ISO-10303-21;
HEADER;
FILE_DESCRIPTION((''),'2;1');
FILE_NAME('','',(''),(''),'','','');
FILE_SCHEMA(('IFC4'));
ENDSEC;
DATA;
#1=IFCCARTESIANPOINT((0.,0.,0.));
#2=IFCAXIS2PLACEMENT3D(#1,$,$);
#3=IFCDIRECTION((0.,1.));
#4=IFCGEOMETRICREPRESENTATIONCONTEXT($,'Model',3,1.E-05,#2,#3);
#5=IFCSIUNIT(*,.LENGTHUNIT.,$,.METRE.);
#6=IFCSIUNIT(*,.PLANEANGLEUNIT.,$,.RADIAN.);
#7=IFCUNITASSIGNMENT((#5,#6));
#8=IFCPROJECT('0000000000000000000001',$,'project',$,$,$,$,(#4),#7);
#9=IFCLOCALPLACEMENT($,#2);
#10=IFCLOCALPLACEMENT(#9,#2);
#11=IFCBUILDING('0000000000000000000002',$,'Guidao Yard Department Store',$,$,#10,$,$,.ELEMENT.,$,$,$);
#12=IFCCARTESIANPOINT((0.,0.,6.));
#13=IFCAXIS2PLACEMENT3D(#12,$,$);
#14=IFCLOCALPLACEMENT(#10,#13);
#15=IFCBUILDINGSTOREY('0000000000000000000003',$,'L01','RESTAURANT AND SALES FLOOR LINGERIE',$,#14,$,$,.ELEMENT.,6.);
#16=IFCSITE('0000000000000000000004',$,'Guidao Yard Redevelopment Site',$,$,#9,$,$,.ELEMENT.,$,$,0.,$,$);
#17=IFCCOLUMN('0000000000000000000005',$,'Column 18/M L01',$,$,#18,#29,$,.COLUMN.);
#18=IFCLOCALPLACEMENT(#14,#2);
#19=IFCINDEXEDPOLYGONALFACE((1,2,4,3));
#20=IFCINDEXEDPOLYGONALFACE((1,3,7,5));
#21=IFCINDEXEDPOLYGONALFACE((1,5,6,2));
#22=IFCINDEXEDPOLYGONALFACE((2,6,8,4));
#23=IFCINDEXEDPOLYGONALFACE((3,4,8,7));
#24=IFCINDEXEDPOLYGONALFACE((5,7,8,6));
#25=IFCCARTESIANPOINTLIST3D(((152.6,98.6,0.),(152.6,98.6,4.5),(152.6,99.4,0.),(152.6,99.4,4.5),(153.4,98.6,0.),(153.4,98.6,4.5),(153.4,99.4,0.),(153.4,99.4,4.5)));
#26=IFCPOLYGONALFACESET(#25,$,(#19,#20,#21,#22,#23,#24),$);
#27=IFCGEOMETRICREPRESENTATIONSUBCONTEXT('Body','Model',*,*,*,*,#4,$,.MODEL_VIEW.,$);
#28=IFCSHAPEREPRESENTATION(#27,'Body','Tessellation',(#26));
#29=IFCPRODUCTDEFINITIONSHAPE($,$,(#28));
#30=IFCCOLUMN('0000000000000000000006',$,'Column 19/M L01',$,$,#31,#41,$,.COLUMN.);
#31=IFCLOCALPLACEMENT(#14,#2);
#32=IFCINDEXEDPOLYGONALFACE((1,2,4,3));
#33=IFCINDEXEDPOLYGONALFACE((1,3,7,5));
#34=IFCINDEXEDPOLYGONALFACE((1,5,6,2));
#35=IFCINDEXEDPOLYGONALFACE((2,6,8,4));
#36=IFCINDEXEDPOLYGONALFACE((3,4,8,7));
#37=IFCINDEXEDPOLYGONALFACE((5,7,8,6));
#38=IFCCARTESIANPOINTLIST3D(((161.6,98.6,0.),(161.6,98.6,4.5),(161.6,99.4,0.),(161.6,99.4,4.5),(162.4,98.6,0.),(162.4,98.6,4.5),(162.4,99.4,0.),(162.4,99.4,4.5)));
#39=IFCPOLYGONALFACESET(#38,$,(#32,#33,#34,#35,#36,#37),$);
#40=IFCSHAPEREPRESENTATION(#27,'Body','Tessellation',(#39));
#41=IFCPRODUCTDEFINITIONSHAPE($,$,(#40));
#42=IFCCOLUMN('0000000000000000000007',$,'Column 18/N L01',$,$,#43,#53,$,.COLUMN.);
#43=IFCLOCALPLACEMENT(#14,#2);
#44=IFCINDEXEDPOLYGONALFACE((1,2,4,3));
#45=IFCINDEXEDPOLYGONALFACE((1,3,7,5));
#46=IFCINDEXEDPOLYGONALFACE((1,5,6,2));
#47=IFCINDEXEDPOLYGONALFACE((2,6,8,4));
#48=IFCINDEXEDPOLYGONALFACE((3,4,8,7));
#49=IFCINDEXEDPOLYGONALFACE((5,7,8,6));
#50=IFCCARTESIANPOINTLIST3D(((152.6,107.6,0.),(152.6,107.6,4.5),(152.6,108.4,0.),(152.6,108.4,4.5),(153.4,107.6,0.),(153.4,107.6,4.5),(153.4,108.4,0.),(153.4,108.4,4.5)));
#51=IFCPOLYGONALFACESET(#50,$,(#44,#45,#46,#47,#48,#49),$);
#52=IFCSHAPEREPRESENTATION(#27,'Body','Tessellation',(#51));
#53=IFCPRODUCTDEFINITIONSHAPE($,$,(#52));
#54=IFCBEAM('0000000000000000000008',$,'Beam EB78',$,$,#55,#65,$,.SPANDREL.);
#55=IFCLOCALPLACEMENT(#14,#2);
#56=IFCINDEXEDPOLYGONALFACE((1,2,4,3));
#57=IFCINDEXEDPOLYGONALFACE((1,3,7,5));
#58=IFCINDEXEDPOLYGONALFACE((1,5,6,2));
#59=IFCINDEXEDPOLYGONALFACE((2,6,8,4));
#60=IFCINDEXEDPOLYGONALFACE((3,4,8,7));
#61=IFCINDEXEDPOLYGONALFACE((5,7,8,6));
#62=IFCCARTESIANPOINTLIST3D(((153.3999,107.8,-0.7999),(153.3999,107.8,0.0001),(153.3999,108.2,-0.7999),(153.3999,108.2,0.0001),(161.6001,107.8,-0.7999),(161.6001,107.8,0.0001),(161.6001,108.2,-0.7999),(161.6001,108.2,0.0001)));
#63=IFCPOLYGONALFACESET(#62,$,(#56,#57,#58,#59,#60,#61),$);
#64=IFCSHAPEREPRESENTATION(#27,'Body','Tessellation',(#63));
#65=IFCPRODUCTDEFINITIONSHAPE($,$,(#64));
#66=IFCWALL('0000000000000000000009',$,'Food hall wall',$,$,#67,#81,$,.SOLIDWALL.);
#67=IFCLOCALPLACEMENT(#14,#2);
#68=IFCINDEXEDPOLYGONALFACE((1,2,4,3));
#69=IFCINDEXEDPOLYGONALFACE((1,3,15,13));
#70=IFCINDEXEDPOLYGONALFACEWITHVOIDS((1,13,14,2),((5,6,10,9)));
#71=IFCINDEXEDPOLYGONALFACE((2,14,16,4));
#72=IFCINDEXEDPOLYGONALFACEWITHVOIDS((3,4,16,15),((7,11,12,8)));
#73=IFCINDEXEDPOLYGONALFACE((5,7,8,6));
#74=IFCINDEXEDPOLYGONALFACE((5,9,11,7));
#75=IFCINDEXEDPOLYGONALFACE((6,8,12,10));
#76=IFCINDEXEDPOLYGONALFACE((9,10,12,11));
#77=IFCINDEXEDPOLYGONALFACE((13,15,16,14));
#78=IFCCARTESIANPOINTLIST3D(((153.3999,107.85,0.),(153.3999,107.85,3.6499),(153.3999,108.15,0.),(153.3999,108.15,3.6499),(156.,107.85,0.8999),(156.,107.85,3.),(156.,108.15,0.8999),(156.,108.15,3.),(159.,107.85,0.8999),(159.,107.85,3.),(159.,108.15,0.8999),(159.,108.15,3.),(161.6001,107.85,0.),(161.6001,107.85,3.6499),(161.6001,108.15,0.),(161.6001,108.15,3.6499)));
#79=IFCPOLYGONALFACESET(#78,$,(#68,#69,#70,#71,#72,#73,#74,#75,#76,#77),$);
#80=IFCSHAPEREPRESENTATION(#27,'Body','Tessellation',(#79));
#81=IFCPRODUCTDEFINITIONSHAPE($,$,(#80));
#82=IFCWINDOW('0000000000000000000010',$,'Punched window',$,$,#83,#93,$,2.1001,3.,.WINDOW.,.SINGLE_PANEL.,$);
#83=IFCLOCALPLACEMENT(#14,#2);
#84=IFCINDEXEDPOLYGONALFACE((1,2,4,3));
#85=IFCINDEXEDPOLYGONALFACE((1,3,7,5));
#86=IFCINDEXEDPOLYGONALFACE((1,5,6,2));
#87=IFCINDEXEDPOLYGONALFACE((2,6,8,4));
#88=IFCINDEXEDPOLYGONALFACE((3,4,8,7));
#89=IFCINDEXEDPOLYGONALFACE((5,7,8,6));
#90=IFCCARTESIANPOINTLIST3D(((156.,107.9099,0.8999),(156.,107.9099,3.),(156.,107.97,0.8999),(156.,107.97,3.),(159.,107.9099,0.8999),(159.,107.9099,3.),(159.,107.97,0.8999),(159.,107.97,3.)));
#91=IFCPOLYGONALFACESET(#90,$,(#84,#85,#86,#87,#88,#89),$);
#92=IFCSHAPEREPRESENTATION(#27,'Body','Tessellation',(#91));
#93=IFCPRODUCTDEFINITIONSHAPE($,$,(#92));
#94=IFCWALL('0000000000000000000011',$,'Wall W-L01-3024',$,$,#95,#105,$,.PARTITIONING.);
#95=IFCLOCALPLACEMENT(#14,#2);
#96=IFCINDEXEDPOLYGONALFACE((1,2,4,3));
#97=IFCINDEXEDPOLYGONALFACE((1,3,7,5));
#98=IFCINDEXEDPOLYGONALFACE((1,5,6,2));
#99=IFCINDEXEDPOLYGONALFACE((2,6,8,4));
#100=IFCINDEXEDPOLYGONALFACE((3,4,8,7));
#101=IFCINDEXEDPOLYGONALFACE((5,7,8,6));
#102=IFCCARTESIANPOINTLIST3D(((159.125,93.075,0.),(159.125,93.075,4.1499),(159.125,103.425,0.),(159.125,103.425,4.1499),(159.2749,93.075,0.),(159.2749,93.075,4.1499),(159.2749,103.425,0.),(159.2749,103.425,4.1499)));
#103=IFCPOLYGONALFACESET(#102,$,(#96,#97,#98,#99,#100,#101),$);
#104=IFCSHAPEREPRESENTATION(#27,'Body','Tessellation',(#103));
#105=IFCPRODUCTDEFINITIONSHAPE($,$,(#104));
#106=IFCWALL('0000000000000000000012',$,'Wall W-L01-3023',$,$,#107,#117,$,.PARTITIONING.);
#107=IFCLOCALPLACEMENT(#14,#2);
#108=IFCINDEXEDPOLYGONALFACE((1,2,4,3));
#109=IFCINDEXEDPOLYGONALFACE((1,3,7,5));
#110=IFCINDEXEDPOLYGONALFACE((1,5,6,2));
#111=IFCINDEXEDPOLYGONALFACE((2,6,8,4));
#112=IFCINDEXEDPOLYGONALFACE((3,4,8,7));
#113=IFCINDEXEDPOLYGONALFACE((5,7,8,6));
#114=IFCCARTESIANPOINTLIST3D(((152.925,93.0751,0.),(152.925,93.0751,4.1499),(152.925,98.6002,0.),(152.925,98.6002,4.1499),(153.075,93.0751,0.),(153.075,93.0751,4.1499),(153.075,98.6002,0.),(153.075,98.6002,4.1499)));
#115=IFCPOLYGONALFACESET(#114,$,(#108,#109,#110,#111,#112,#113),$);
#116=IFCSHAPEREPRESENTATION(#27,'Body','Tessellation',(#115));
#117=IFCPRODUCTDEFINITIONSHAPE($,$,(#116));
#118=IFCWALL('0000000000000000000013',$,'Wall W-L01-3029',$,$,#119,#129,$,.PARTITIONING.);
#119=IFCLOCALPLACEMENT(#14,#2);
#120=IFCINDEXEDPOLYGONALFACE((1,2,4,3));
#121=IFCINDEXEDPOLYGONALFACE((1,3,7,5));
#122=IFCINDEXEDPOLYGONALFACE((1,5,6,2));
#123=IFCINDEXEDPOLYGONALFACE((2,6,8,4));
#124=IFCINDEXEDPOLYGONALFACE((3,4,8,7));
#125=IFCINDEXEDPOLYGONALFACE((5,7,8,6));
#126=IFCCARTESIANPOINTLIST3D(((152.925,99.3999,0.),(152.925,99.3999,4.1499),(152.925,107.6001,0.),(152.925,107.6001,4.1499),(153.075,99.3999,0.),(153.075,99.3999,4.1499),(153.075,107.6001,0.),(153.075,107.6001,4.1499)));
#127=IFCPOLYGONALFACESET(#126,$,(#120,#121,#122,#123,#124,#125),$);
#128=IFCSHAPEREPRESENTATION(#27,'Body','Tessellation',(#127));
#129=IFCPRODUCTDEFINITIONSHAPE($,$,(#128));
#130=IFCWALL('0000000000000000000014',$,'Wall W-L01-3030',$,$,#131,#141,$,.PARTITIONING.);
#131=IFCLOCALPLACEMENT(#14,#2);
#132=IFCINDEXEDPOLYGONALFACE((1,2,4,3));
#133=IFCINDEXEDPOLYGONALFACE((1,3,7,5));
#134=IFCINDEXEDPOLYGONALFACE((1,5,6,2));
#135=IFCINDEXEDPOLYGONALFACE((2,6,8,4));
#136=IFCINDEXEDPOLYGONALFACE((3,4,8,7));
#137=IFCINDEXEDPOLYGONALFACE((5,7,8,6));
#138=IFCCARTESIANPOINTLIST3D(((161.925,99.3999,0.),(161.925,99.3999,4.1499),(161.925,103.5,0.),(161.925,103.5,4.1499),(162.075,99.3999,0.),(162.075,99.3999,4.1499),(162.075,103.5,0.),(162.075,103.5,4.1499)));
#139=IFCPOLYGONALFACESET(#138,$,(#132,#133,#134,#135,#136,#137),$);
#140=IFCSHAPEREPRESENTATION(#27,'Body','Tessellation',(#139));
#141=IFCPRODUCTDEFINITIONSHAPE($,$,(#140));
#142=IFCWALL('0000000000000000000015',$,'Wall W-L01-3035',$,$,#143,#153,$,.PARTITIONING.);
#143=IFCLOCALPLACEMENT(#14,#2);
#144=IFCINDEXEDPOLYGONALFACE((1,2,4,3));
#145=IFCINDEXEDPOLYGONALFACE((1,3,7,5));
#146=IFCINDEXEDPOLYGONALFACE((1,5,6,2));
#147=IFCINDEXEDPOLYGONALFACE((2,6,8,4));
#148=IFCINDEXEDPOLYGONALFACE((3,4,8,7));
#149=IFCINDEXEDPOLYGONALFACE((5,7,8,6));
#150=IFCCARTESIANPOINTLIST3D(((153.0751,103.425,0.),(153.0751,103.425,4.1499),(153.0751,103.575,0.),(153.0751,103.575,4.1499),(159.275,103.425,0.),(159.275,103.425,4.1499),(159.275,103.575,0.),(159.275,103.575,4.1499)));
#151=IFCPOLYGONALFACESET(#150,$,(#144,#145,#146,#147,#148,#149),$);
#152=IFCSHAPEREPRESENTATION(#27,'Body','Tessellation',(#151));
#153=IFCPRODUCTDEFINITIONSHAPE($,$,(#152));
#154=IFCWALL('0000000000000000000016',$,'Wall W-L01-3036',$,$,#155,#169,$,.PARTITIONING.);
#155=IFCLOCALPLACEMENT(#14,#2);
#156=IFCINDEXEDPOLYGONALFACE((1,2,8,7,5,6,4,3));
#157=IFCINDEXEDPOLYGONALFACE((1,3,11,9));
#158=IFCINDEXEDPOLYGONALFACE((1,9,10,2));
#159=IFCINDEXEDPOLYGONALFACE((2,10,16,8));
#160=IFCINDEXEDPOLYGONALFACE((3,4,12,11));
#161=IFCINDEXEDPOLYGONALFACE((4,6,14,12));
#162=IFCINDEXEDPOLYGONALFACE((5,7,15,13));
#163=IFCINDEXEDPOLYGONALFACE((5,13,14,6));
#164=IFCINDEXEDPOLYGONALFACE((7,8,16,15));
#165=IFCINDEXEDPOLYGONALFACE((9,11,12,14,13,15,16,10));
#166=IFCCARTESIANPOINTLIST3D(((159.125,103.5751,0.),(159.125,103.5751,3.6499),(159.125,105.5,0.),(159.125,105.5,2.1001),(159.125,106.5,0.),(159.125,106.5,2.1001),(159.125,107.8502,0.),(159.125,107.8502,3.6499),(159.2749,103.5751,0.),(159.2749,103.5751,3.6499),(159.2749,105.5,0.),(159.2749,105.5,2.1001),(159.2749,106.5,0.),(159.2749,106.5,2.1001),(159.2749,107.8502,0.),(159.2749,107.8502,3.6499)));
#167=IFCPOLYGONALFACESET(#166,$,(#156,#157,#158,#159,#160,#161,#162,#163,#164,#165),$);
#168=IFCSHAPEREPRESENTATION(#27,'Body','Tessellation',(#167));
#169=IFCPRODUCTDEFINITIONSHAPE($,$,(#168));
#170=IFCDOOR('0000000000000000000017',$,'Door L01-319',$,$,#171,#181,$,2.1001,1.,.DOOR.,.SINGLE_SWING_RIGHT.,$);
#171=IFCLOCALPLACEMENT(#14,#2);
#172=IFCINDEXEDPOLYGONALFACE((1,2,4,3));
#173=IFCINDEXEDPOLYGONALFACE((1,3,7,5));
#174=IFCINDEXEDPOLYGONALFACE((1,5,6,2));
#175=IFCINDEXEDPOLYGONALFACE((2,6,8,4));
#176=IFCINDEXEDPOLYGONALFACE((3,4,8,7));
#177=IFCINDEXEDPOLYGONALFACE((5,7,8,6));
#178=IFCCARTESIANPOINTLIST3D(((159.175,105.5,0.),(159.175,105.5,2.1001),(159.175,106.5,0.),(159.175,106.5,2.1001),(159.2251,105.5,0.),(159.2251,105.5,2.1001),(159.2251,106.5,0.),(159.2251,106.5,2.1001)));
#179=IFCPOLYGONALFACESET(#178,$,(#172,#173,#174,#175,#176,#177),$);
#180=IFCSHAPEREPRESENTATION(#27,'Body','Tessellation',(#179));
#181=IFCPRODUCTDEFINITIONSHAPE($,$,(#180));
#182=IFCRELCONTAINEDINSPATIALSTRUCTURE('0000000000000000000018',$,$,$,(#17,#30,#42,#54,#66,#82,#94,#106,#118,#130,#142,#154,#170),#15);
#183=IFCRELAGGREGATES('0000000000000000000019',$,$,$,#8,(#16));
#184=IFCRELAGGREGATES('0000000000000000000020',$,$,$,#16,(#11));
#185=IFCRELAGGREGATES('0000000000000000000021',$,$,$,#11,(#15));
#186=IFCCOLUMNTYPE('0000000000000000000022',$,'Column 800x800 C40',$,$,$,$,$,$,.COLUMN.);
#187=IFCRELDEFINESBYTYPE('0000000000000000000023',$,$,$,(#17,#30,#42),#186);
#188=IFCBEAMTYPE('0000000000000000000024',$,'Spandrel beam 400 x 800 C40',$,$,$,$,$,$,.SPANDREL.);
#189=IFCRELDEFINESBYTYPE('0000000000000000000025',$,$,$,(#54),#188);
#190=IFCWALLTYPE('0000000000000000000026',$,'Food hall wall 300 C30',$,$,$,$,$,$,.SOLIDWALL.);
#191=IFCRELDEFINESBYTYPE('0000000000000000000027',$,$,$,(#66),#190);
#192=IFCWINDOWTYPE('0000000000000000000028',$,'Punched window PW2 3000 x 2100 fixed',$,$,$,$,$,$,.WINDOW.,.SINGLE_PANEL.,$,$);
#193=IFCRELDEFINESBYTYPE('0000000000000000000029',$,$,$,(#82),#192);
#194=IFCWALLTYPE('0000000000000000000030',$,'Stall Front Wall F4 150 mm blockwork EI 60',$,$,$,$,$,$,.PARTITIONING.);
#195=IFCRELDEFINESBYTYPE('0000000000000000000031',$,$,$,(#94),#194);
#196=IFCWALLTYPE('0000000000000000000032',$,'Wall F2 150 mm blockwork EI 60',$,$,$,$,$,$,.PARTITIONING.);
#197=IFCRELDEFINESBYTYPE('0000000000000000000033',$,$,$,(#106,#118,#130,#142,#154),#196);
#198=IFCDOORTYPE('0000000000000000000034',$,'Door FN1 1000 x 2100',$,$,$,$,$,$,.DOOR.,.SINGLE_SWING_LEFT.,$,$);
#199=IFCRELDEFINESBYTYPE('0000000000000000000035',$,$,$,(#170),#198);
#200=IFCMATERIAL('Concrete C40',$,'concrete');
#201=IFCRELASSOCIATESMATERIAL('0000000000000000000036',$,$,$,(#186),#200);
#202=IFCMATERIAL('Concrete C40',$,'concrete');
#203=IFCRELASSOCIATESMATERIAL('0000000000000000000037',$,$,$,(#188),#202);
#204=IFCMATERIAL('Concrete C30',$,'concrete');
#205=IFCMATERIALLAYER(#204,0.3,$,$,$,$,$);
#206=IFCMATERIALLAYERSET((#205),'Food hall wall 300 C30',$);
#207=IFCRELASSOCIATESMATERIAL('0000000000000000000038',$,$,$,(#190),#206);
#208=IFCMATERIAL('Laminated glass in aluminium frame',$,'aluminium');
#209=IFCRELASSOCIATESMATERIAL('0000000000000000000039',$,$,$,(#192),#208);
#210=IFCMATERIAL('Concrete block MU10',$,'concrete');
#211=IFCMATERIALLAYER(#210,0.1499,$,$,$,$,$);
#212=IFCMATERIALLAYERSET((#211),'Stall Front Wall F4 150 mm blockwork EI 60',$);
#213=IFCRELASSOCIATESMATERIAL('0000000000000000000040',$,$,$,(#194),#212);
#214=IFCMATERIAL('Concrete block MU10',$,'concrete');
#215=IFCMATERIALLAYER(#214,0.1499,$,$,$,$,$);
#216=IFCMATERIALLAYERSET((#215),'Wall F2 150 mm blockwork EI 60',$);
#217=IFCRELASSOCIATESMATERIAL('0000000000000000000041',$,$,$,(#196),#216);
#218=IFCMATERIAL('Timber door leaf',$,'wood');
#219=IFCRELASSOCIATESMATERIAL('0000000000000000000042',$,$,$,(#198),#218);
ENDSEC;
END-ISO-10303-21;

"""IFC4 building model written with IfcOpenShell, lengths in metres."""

from ifc_helpers import new_model, si_unit, direction, frame, frame_2d, origin, origin_2d, place, context, subcontext, project, spatial, rectangle, extrude, material, layer, layer_set, material_profile, profile_set, type_object, element, fill, save


model = new_model("IFC4")

# Units and contexts
model_context = context("Model", 3, precision=1e-05, world=origin(), true_north=direction((0.0, 1.0)))
body_context = subcontext(model_context, "Body", "Model", "MODEL_VIEW")
ifc_project = project(units=[si_unit("LENGTHUNIT", "METRE"), si_unit("PLANEANGLEUNIT", "RADIAN")], contexts=[model_context])

# Site, building, storey
site_placement = place(None, origin())
site = spatial("IfcSite", under=ifc_project, at=site_placement, Name="Guidao Yard Redevelopment Site", CompositionType="ELEMENT", RefElevation=0.0)
building_placement = place(site_placement, origin())
building = spatial("IfcBuilding", under=site, at=building_placement, Name="Guidao Yard Department Store", CompositionType="ELEMENT")
storey_placement = place(building_placement, frame((0.0, 0.0, 6.0)))
storey = spatial("IfcBuildingStorey", under=building, at=storey_placement, Name="L01", Description="RESTAURANT AND SALES FLOOR LINGERIE", CompositionType="ELEMENT", Elevation=6.0)

# Columns
ifc_material_1 = material(Name="Concrete C40", Category="concrete")
ifc_material_profile_1 = material_profile(ifc_material_1, rectangle(XDim=0.8, YDim=0.8, at=origin_2d()), Name="COL 800x800")
ifc_profile_set_1 = profile_set([ifc_material_profile_1], Name="Concrete C40")
column_type = type_object("IfcColumnType", Name="Column 800x800 C40", PredefinedType="COLUMN", material=ifc_profile_set_1)
for number, where, z_axis, x_axis, name in (
    (1, (153.0, 99.0, 0.0), (0.0, 0.0, 1.0), (1.0, 0.0, 0.0), "Column 18/M L01"),
    (2, (162.0, 99.0, 0.0), (0.0, 0.0, 1.0), (1.0, 0.0, 0.0), "Column 19/M L01"),
    (3, (153.0, 108.0, 0.0), (0.0, 0.0, 1.0), (1.0, 0.0, 0.0), "Column 18/N L01"),
):
    element("IfcColumn", number, at=place(storey_placement, frame(where, z_axis=z_axis, x_axis=x_axis)), inside=storey, type_object=column_type, Name=name, PredefinedType="COLUMN", context=body_context, shape_type="SweptSolid", body=[
        extrude(rectangle(XDim=0.8, YDim=0.8, at=origin_2d()), origin(), (0.0, 0.0, 1.0), 4.5),
    ])

# Beam
ifc_material_2 = material(Name="Concrete C40", Category="concrete")
ifc_material_profile_2 = material_profile(ifc_material_2, rectangle(XDim=0.3999, YDim=0.8, at=origin_2d()), Name="Spandrel beam 400 x 800 C40")
ifc_profile_set_2 = profile_set([ifc_material_profile_2], Name="Concrete C40")
beam_type = type_object("IfcBeamType", Name="Spandrel beam 400 x 800 C40", PredefinedType="SPANDREL", material=ifc_profile_set_2)
beam_placement = place(storey_placement, frame((153.3999, 108.0, -0.3999), z_axis=(1.0, 0.0, 0.0), x_axis=(0.0, 1.0, 0.0)))
element("IfcBeam", 4, at=beam_placement, inside=storey, type_object=beam_type, Name="Beam EB78", PredefinedType="SPANDREL", context=body_context, shape_type="SweptSolid", body=[
    extrude(rectangle(XDim=0.3999, YDim=0.8, at=origin_2d()), origin(), (0.0, 0.0, 1.0), 8.2002),
])

# Wall, opening, window
ifc_material_3 = material(Name="Concrete C30", Category="concrete")
ifc_layer_1 = layer(ifc_material_3, 0.3)
ifc_layer_set_1 = layer_set([ifc_layer_1], Name="Food hall wall 300 C30")
wall_type_1 = type_object("IfcWallType", Name="Food hall wall 300 C30", PredefinedType="SOLIDWALL", material=ifc_layer_set_1)
wall_1_placement = place(storey_placement, frame((153.3999, 108.0, 0.0), z_axis=(0.0, 0.0, 1.0), x_axis=(1.0, 0.0, 0.0)))
wall_1 = element("IfcWall", 5, at=wall_1_placement, inside=storey, type_object=wall_type_1, Name="Food hall wall", PredefinedType="SOLIDWALL", context=body_context, shape_type="SweptSolid", body=[
    extrude(rectangle(XDim=8.2002, YDim=0.3, at=frame_2d((4.1001, 0.0))), origin(), (0.0, 0.0, 1.0), 3.6499),
])
opening_1_placement = place(wall_1_placement, frame((2.6001, 0.0, 0.8999)))
opening_1 = element("IfcOpeningElement", 6, at=opening_1_placement, cuts=wall_1, PredefinedType="OPENING", context=body_context, shape_type="SweptSolid", body=[
    extrude(rectangle(XDim=3.0, YDim=2.1001, at=frame_2d((1.5, 1.05))), frame((0.0, 0.1599, 0.0), z_axis=(0.0, -1.0, 0.0), x_axis=(1.0, 0.0, 0.0)), (0.0, 0.0, 1.0), 0.3201),
])
ifc_material_4 = material(Name="Laminated glass in aluminium frame", Category="aluminium")
window_type = type_object("IfcWindowType", Name="Punched window PW2 3000 x 2100 fixed", PartitioningType="SINGLE_PANEL", PredefinedType="WINDOW", material=ifc_material_4)
window_placement = place(opening_1_placement, origin())
window = element("IfcWindow", 7, at=window_placement, inside=storey, type_object=window_type, Name="Punched window", OverallHeight=2.1001, OverallWidth=3.0, PartitioningType="SINGLE_PANEL", PredefinedType="WINDOW", context=body_context, shape_type="SweptSolid", body=[
    extrude(rectangle(XDim=3.0, YDim=2.1001, at=frame_2d((1.5, 1.05))), frame((0.0, -0.03, 0.0), z_axis=(0.0, -1.0, 0.0), x_axis=(1.0, 0.0, 0.0)), (0.0, 0.0, 1.0), 0.0601),
])
fill(opening_1, window)

# Walls
ifc_material_5 = material(Name="Concrete block MU10", Category="concrete")
ifc_layer_2 = layer(ifc_material_5, 0.1499)
ifc_layer_set_2 = layer_set([ifc_layer_2], Name="Stall Front Wall F4 150 mm blockwork EI 60")
wall_type_2 = type_object("IfcWallType", Name="Stall Front Wall F4 150 mm blockwork EI 60", PredefinedType="PARTITIONING", material=ifc_layer_set_2)
wall_2_placement = place(storey_placement, frame((159.2, 93.075, 0.0), z_axis=(0.0, 0.0, 1.0), x_axis=(0.0, 1.0, 0.0)))
element("IfcWall", 8, at=wall_2_placement, inside=storey, type_object=wall_type_2, Name="Wall W-L01-3024", PredefinedType="PARTITIONING", context=body_context, shape_type="SweptSolid", body=[
    extrude(rectangle(XDim=10.3501, YDim=0.1499, at=frame_2d((5.175, 0.0))), origin(), (0.0, 0.0, 1.0), 4.1499),
])
ifc_material_6 = material(Name="Concrete block MU10", Category="concrete")
ifc_layer_3 = layer(ifc_material_6, 0.1499)
ifc_layer_set_3 = layer_set([ifc_layer_3], Name="Wall F2 150 mm blockwork EI 60")
wall_type_3 = type_object("IfcWallType", Name="Wall F2 150 mm blockwork EI 60", PredefinedType="PARTITIONING", material=ifc_layer_set_3)
wall_3_placement = place(storey_placement, frame((153.0, 93.075, 0.0), z_axis=(0.0, 0.0, 1.0), x_axis=(0.0, 1.0, 0.0)))
element("IfcWall", 9, at=wall_3_placement, inside=storey, type_object=wall_type_3, Name="Wall W-L01-3023", PredefinedType="PARTITIONING", context=body_context, shape_type="SweptSolid", body=[
    extrude(rectangle(XDim=5.5251, YDim=0.1499, at=frame_2d((2.7627, 0.0))), origin(), (0.0, 0.0, 1.0), 4.1499),
])
wall_4_placement = place(storey_placement, frame((153.0, 99.3999, 0.0), z_axis=(0.0, 0.0, 1.0), x_axis=(0.0, 1.0, 0.0)))
element("IfcWall", 10, at=wall_4_placement, inside=storey, type_object=wall_type_3, Name="Wall W-L01-3029", PredefinedType="PARTITIONING", context=body_context, shape_type="SweptSolid", body=[
    extrude(rectangle(XDim=8.2002, YDim=0.1499, at=frame_2d((4.1001, 0.0))), origin(), (0.0, 0.0, 1.0), 4.1499),
])
wall_5_placement = place(storey_placement, frame((162.0, 99.3999, 0.0), z_axis=(0.0, 0.0, 1.0), x_axis=(0.0, 1.0, 0.0)))
element("IfcWall", 11, at=wall_5_placement, inside=storey, type_object=wall_type_3, Name="Wall W-L01-3030", PredefinedType="PARTITIONING", context=body_context, shape_type="SweptSolid", body=[
    extrude(rectangle(XDim=4.1001, YDim=0.1499, at=frame_2d((2.05, 0.0))), origin(), (0.0, 0.0, 1.0), 4.1499),
])
wall_6_placement = place(storey_placement, frame((153.075, 103.5, 0.0), z_axis=(0.0, 0.0, 1.0), x_axis=(1.0, 0.0, 0.0)))
element("IfcWall", 12, at=wall_6_placement, inside=storey, type_object=wall_type_3, Name="Wall W-L01-3035", PredefinedType="PARTITIONING", context=body_context, shape_type="SweptSolid", body=[
    extrude(rectangle(XDim=6.2, YDim=0.1499, at=frame_2d((3.1001, 0.0))), origin(), (0.0, 0.0, 1.0), 4.1499),
])

# Wall, opening, door
wall_7_placement = place(storey_placement, frame((159.2, 103.575, 0.0), z_axis=(0.0, 0.0, 1.0), x_axis=(0.0, 1.0, 0.0)))
wall_7 = element("IfcWall", 13, at=wall_7_placement, inside=storey, type_object=wall_type_3, Name="Wall W-L01-3036", PredefinedType="PARTITIONING", context=body_context, shape_type="SweptSolid", body=[
    extrude(rectangle(XDim=4.2751, YDim=0.1499, at=frame_2d((2.1377, 0.0))), origin(), (0.0, 0.0, 1.0), 3.6499),
])
opening_2_placement = place(wall_7_placement, frame((1.925, 0.0, 0.0)))
opening_2 = element("IfcOpeningElement", 14, at=opening_2_placement, cuts=wall_7, PredefinedType="OPENING", context=body_context, shape_type="SweptSolid", body=[
    extrude(rectangle(XDim=1.0, YDim=2.1001, at=frame_2d((0.5, 1.05))), frame((0.0, 0.085, 0.0), z_axis=(0.0, -1.0, 0.0), x_axis=(1.0, 0.0, 0.0)), (0.0, 0.0, 1.0), 0.1699),
])
ifc_material_7 = material(Name="Timber door leaf", Category="wood")
door_type = type_object("IfcDoorType", Name="Door FN1 1000 x 2100", OperationType="SINGLE_SWING_LEFT", PredefinedType="DOOR", material=ifc_material_7)
door_placement = place(opening_2_placement, origin())
door = element("IfcDoor", 15, at=door_placement, inside=storey, type_object=door_type, Name="Door L01-319", OperationType="SINGLE_SWING_RIGHT", OverallHeight=2.1001, OverallWidth=1.0, PredefinedType="DOOR", context=body_context, shape_type="SweptSolid", body=[
    extrude(rectangle(XDim=1.0, YDim=2.1001, at=frame_2d((0.5, 1.05))), frame((0.0, 0.0249, 0.0), z_axis=(0.0, -1.0, 0.0), x_axis=(1.0, 0.0, 0.0)), (0.0, 0.0, 1.0), 0.05),
])
fill(opening_2, door)

save(model, "model.ifc")
